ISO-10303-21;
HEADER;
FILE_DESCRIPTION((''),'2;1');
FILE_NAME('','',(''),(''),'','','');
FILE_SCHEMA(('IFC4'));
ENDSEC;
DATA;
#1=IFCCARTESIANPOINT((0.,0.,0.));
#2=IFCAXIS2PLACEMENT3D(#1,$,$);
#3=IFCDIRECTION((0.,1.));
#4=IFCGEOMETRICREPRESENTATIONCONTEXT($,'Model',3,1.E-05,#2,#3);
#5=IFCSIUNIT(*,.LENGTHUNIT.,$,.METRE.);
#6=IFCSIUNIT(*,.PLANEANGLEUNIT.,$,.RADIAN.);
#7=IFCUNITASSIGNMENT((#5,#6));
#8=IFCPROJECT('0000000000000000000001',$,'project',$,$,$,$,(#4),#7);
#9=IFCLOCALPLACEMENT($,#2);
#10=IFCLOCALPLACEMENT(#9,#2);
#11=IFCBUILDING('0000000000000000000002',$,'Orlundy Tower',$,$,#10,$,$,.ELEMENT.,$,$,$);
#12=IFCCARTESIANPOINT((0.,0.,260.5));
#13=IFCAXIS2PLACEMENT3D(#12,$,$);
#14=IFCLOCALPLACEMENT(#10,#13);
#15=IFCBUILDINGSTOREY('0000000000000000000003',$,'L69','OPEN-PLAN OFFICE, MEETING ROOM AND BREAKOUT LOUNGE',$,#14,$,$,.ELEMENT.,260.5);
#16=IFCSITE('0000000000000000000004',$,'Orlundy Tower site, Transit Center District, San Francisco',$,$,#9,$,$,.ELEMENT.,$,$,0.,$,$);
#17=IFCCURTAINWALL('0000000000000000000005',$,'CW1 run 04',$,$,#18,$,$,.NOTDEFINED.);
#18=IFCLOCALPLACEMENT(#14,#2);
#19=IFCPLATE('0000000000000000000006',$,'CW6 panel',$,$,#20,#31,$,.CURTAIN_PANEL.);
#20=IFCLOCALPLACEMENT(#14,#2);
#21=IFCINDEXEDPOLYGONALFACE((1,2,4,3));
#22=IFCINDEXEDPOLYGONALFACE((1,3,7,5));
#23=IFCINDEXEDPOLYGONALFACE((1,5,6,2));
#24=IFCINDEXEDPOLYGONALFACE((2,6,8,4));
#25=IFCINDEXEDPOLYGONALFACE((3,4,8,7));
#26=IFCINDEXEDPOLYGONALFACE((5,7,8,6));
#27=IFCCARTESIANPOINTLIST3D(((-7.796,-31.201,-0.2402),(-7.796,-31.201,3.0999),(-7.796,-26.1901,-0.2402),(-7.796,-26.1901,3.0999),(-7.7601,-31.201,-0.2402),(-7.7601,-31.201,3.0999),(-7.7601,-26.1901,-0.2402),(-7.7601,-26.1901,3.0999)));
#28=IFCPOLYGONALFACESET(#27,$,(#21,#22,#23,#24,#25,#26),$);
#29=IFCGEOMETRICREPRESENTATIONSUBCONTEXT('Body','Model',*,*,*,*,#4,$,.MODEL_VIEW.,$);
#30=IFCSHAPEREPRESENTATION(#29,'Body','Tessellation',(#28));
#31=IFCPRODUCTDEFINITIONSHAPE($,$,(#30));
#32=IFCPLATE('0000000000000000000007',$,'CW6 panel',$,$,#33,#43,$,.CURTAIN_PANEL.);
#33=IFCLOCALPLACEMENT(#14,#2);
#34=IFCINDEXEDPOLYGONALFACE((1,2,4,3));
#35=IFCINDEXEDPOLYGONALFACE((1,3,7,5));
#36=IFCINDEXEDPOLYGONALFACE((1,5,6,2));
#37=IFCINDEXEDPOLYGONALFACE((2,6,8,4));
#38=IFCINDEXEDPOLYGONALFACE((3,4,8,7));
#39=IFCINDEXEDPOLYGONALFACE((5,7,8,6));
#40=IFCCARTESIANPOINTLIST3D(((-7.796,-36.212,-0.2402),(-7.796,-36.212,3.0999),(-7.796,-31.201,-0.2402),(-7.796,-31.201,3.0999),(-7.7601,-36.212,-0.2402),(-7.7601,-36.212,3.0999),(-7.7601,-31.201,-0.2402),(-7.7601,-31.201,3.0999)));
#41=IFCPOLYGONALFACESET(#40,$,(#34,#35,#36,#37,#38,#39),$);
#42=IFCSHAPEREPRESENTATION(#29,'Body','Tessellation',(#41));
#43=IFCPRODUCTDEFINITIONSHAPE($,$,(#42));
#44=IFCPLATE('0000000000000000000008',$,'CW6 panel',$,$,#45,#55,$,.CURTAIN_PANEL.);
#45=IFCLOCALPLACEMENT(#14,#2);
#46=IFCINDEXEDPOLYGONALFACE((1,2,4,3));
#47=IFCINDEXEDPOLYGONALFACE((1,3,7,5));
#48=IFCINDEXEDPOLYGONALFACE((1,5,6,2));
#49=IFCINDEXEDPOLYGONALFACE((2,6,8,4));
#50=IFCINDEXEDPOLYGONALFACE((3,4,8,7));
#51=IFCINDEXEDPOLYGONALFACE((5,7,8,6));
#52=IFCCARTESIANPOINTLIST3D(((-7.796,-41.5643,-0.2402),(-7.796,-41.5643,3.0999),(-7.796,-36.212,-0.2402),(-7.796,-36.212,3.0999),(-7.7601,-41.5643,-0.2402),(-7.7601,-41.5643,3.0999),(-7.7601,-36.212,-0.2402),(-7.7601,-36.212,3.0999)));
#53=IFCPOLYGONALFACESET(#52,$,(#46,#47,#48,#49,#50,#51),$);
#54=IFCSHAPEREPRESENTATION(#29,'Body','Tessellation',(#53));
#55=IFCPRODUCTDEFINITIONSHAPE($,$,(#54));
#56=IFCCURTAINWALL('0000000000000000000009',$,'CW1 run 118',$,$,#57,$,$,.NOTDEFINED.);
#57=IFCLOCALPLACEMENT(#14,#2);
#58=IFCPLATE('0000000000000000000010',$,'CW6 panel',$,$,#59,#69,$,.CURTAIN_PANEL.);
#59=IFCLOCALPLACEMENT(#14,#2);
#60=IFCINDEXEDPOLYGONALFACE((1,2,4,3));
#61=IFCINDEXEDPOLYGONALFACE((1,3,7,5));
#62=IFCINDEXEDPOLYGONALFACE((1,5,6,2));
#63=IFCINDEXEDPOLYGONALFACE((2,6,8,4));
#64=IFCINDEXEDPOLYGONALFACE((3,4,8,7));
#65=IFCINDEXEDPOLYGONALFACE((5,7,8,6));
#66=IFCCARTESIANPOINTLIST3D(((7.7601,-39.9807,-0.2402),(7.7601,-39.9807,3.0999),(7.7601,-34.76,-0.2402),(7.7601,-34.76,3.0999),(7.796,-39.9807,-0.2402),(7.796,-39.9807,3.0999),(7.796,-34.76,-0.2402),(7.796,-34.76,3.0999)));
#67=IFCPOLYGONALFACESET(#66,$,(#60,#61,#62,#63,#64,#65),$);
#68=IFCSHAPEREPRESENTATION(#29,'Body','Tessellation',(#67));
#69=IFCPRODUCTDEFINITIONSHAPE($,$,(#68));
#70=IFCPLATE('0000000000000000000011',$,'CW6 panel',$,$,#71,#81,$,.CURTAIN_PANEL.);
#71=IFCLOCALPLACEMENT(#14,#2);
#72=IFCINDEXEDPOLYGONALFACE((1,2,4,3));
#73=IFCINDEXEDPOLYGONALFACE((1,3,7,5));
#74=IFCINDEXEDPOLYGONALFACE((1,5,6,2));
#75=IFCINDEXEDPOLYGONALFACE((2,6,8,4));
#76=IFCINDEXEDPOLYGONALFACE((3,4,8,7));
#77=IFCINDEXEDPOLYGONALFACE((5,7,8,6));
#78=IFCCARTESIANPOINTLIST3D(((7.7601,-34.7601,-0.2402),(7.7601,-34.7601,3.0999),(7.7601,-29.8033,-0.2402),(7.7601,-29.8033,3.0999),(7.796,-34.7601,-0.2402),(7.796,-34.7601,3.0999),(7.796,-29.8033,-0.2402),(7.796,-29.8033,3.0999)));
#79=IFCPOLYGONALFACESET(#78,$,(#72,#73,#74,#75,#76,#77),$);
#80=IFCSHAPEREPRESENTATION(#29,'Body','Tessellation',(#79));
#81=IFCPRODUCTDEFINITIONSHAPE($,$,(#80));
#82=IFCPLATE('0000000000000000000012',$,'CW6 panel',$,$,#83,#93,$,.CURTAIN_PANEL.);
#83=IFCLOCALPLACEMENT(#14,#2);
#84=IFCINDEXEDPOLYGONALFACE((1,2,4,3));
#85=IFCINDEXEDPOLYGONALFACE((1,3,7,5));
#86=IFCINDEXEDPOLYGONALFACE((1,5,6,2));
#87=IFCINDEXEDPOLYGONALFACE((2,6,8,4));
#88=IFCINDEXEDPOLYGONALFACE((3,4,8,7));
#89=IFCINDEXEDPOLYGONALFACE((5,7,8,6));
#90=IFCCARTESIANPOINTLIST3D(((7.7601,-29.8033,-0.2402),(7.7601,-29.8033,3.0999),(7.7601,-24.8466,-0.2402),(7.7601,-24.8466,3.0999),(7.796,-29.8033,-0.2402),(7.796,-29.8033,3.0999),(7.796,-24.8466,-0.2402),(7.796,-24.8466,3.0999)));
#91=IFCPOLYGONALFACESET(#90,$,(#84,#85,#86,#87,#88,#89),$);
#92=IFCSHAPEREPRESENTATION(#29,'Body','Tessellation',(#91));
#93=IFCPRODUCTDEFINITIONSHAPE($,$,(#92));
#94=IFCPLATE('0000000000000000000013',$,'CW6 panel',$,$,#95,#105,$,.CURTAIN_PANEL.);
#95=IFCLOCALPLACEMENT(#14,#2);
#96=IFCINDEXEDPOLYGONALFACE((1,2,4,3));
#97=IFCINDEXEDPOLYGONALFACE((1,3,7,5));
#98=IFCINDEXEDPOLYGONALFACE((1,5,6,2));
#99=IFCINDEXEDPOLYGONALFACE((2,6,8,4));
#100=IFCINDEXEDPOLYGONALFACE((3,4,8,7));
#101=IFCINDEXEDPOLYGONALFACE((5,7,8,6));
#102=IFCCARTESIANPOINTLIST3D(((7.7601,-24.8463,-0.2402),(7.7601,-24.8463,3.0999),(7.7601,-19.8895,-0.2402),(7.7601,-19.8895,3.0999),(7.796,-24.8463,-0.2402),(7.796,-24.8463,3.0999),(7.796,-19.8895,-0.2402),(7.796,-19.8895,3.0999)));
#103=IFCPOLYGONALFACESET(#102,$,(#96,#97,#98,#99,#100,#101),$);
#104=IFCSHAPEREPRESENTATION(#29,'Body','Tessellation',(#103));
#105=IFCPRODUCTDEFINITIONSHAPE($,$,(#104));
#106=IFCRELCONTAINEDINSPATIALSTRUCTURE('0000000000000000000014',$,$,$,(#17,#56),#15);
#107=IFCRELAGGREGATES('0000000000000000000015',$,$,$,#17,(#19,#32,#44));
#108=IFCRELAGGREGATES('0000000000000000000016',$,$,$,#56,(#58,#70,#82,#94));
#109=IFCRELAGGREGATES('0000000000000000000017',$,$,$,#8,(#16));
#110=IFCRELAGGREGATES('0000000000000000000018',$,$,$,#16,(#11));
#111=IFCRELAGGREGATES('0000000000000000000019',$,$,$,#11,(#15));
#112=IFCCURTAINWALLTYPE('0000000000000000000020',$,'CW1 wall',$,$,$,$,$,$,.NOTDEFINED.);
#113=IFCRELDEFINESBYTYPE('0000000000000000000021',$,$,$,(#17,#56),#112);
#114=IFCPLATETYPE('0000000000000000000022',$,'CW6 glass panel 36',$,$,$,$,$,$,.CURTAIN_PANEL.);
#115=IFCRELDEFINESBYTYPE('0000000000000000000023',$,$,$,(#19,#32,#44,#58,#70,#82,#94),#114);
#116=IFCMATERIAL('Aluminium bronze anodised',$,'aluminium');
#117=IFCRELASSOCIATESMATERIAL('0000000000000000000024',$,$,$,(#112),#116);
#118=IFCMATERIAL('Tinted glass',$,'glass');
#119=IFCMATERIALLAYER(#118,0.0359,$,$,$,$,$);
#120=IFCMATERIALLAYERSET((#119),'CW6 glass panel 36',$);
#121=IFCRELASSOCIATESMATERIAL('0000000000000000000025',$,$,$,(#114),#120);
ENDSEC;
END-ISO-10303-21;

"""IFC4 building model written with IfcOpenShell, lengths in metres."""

from ifc_helpers import new_model, si_unit, direction, frame, origin, origin_2d, place, context, subcontext, project, spatial, rectangle, extrude, material, layer, layer_set, type_object, element, aggregate, save


model = new_model("IFC4")

# Units and contexts
model_context = context("Model", 3, precision=1e-05, world=origin(), true_north=direction((0.0, 1.0)))
body_context = subcontext(model_context, "Body", "Model", "MODEL_VIEW")
ifc_project = project(units=[si_unit("LENGTHUNIT", "METRE"), si_unit("PLANEANGLEUNIT", "RADIAN")], contexts=[model_context])

# Site, building, storey
site_placement = place(None, origin())
site = spatial("IfcSite", under=ifc_project, at=site_placement, Name="Orlundy Tower site, Transit Center District, San Francisco", CompositionType="ELEMENT", RefElevation=0.0)
building_placement = place(site_placement, origin())
building = spatial("IfcBuilding", under=site, at=building_placement, Name="Orlundy Tower", CompositionType="ELEMENT")
storey_placement = place(building_placement, frame((0.0, 0.0, 260.5)))
storey = spatial("IfcBuildingStorey", under=building, at=storey_placement, Name="L69", Description="OPEN-PLAN OFFICE, MEETING ROOM AND BREAKOUT LOUNGE", CompositionType="ELEMENT", Elevation=260.5)

# Shared definitions
ifc_material_1 = material(Name="Aluminium bronze anodised", Category="aluminium")
curtain_wall_type = type_object("IfcCurtainWallType", Name="CW1 wall", PredefinedType="NOTDEFINED", material=ifc_material_1)

# Curtain wall
curtain_wall_1_placement = place(storey_placement, origin())
curtain_wall_1 = element("IfcCurtainWall", 1, at=curtain_wall_1_placement, inside=storey, type_object=curtain_wall_type, Name="CW1 run 04", PredefinedType="NOTDEFINED")

# Plates
ifc_material_2 = material(Name="Tinted glass", Category="glass")
ifc_layer_1 = layer(ifc_material_2, 0.0359)
ifc_layer_set_1 = layer_set([ifc_layer_1], Name="CW6 glass panel 36")
plate_type_1 = type_object("IfcPlateType", Name="CW6 glass panel 36", PredefinedType="CURTAIN_PANEL", material=ifc_layer_set_1)
plate_1_placement = place(storey_placement, frame((-7.7781, -28.6956, -0.2402), z_axis=(0.0, 0.0, 1.0), x_axis=(0.0, -1.0, 0.0)))
plate_1 = element("IfcPlate", 2, at=plate_1_placement, type_object=plate_type_1, Name="CW6 panel", PredefinedType="CURTAIN_PANEL", context=body_context, shape_type="SweptSolid", body=[
    extrude(rectangle(XDim=5.011, YDim=0.0359, at=origin_2d()), origin(), (0.0, 0.0, 1.0), 3.3401),
])
plate_2_placement = place(storey_placement, frame((-7.7781, -33.7065, -0.2402), z_axis=(0.0, 0.0, 1.0), x_axis=(0.0, -1.0, 0.0)))
plate_2 = element("IfcPlate", 3, at=plate_2_placement, type_object=plate_type_1, Name="CW6 panel", PredefinedType="CURTAIN_PANEL", context=body_context, shape_type="SweptSolid", body=[
    extrude(rectangle(XDim=5.011, YDim=0.0359, at=origin_2d()), origin(), (0.0, 0.0, 1.0), 3.3401),
])
plate_3_placement = place(storey_placement, frame((-7.7781, -38.8882, -0.2402), z_axis=(0.0, 0.0, 1.0), x_axis=(0.0, -1.0, 0.0)))
plate_3 = element("IfcPlate", 4, at=plate_3_placement, type_object=plate_type_1, Name="CW6 panel", PredefinedType="CURTAIN_PANEL", context=body_context, shape_type="SweptSolid", body=[
    extrude(rectangle(XDim=5.3523, YDim=0.0359, at=origin_2d()), origin(), (0.0, 0.0, 1.0), 3.3401),
])
aggregate(curtain_wall_1, [plate_1, plate_2, plate_3])

# Curtain wall, plates
curtain_wall_2_placement = place(storey_placement, origin())
curtain_wall_2 = element("IfcCurtainWall", 5, at=curtain_wall_2_placement, inside=storey, type_object=curtain_wall_type, Name="CW1 run 118", PredefinedType="NOTDEFINED")
plate_4_placement = place(storey_placement, frame((7.7781, -37.3704, -0.2402), z_axis=(0.0, 0.0, 1.0), x_axis=(0.0, 1.0, 0.0)))
plate_4 = element("IfcPlate", 6, at=plate_4_placement, type_object=plate_type_1, Name="CW6 panel", PredefinedType="CURTAIN_PANEL", context=body_context, shape_type="SweptSolid", body=[
    extrude(rectangle(XDim=5.2207, YDim=0.0359, at=origin_2d()), origin(), (0.0, 0.0, 1.0), 3.3401),
])
plate_5_placement = place(storey_placement, frame((7.7781, -32.2817, -0.2402), z_axis=(0.0, 0.0, 1.0), x_axis=(0.0, 1.0, 0.0)))
plate_5 = element("IfcPlate", 7, at=plate_5_placement, type_object=plate_type_1, Name="CW6 panel", PredefinedType="CURTAIN_PANEL", context=body_context, shape_type="SweptSolid", body=[
    extrude(rectangle(XDim=4.9568, YDim=0.0359, at=origin_2d()), origin(), (0.0, 0.0, 1.0), 3.3401),
])
plate_6_placement = place(storey_placement, frame((7.7781, -27.325, -0.2402), z_axis=(0.0, 0.0, 1.0), x_axis=(0.0, 1.0, 0.0)))
plate_6 = element("IfcPlate", 8, at=plate_6_placement, type_object=plate_type_1, Name="CW6 panel", PredefinedType="CURTAIN_PANEL", context=body_context, shape_type="SweptSolid", body=[
    extrude(rectangle(XDim=4.9568, YDim=0.0359, at=origin_2d()), origin(), (0.0, 0.0, 1.0), 3.3401),
])
plate_7_placement = place(storey_placement, frame((7.7781, -22.3679, -0.2402), z_axis=(0.0, 0.0, 1.0), x_axis=(0.0, 1.0, 0.0)))
plate_7 = element("IfcPlate", 9, at=plate_7_placement, type_object=plate_type_1, Name="CW6 panel", PredefinedType="CURTAIN_PANEL", context=body_context, shape_type="SweptSolid", body=[
    extrude(rectangle(XDim=4.9568, YDim=0.0359, at=origin_2d()), origin(), (0.0, 0.0, 1.0), 3.3401),
])
aggregate(curtain_wall_2, [plate_4, plate_5, plate_6, plate_7])

save(model, "model.ifc")
